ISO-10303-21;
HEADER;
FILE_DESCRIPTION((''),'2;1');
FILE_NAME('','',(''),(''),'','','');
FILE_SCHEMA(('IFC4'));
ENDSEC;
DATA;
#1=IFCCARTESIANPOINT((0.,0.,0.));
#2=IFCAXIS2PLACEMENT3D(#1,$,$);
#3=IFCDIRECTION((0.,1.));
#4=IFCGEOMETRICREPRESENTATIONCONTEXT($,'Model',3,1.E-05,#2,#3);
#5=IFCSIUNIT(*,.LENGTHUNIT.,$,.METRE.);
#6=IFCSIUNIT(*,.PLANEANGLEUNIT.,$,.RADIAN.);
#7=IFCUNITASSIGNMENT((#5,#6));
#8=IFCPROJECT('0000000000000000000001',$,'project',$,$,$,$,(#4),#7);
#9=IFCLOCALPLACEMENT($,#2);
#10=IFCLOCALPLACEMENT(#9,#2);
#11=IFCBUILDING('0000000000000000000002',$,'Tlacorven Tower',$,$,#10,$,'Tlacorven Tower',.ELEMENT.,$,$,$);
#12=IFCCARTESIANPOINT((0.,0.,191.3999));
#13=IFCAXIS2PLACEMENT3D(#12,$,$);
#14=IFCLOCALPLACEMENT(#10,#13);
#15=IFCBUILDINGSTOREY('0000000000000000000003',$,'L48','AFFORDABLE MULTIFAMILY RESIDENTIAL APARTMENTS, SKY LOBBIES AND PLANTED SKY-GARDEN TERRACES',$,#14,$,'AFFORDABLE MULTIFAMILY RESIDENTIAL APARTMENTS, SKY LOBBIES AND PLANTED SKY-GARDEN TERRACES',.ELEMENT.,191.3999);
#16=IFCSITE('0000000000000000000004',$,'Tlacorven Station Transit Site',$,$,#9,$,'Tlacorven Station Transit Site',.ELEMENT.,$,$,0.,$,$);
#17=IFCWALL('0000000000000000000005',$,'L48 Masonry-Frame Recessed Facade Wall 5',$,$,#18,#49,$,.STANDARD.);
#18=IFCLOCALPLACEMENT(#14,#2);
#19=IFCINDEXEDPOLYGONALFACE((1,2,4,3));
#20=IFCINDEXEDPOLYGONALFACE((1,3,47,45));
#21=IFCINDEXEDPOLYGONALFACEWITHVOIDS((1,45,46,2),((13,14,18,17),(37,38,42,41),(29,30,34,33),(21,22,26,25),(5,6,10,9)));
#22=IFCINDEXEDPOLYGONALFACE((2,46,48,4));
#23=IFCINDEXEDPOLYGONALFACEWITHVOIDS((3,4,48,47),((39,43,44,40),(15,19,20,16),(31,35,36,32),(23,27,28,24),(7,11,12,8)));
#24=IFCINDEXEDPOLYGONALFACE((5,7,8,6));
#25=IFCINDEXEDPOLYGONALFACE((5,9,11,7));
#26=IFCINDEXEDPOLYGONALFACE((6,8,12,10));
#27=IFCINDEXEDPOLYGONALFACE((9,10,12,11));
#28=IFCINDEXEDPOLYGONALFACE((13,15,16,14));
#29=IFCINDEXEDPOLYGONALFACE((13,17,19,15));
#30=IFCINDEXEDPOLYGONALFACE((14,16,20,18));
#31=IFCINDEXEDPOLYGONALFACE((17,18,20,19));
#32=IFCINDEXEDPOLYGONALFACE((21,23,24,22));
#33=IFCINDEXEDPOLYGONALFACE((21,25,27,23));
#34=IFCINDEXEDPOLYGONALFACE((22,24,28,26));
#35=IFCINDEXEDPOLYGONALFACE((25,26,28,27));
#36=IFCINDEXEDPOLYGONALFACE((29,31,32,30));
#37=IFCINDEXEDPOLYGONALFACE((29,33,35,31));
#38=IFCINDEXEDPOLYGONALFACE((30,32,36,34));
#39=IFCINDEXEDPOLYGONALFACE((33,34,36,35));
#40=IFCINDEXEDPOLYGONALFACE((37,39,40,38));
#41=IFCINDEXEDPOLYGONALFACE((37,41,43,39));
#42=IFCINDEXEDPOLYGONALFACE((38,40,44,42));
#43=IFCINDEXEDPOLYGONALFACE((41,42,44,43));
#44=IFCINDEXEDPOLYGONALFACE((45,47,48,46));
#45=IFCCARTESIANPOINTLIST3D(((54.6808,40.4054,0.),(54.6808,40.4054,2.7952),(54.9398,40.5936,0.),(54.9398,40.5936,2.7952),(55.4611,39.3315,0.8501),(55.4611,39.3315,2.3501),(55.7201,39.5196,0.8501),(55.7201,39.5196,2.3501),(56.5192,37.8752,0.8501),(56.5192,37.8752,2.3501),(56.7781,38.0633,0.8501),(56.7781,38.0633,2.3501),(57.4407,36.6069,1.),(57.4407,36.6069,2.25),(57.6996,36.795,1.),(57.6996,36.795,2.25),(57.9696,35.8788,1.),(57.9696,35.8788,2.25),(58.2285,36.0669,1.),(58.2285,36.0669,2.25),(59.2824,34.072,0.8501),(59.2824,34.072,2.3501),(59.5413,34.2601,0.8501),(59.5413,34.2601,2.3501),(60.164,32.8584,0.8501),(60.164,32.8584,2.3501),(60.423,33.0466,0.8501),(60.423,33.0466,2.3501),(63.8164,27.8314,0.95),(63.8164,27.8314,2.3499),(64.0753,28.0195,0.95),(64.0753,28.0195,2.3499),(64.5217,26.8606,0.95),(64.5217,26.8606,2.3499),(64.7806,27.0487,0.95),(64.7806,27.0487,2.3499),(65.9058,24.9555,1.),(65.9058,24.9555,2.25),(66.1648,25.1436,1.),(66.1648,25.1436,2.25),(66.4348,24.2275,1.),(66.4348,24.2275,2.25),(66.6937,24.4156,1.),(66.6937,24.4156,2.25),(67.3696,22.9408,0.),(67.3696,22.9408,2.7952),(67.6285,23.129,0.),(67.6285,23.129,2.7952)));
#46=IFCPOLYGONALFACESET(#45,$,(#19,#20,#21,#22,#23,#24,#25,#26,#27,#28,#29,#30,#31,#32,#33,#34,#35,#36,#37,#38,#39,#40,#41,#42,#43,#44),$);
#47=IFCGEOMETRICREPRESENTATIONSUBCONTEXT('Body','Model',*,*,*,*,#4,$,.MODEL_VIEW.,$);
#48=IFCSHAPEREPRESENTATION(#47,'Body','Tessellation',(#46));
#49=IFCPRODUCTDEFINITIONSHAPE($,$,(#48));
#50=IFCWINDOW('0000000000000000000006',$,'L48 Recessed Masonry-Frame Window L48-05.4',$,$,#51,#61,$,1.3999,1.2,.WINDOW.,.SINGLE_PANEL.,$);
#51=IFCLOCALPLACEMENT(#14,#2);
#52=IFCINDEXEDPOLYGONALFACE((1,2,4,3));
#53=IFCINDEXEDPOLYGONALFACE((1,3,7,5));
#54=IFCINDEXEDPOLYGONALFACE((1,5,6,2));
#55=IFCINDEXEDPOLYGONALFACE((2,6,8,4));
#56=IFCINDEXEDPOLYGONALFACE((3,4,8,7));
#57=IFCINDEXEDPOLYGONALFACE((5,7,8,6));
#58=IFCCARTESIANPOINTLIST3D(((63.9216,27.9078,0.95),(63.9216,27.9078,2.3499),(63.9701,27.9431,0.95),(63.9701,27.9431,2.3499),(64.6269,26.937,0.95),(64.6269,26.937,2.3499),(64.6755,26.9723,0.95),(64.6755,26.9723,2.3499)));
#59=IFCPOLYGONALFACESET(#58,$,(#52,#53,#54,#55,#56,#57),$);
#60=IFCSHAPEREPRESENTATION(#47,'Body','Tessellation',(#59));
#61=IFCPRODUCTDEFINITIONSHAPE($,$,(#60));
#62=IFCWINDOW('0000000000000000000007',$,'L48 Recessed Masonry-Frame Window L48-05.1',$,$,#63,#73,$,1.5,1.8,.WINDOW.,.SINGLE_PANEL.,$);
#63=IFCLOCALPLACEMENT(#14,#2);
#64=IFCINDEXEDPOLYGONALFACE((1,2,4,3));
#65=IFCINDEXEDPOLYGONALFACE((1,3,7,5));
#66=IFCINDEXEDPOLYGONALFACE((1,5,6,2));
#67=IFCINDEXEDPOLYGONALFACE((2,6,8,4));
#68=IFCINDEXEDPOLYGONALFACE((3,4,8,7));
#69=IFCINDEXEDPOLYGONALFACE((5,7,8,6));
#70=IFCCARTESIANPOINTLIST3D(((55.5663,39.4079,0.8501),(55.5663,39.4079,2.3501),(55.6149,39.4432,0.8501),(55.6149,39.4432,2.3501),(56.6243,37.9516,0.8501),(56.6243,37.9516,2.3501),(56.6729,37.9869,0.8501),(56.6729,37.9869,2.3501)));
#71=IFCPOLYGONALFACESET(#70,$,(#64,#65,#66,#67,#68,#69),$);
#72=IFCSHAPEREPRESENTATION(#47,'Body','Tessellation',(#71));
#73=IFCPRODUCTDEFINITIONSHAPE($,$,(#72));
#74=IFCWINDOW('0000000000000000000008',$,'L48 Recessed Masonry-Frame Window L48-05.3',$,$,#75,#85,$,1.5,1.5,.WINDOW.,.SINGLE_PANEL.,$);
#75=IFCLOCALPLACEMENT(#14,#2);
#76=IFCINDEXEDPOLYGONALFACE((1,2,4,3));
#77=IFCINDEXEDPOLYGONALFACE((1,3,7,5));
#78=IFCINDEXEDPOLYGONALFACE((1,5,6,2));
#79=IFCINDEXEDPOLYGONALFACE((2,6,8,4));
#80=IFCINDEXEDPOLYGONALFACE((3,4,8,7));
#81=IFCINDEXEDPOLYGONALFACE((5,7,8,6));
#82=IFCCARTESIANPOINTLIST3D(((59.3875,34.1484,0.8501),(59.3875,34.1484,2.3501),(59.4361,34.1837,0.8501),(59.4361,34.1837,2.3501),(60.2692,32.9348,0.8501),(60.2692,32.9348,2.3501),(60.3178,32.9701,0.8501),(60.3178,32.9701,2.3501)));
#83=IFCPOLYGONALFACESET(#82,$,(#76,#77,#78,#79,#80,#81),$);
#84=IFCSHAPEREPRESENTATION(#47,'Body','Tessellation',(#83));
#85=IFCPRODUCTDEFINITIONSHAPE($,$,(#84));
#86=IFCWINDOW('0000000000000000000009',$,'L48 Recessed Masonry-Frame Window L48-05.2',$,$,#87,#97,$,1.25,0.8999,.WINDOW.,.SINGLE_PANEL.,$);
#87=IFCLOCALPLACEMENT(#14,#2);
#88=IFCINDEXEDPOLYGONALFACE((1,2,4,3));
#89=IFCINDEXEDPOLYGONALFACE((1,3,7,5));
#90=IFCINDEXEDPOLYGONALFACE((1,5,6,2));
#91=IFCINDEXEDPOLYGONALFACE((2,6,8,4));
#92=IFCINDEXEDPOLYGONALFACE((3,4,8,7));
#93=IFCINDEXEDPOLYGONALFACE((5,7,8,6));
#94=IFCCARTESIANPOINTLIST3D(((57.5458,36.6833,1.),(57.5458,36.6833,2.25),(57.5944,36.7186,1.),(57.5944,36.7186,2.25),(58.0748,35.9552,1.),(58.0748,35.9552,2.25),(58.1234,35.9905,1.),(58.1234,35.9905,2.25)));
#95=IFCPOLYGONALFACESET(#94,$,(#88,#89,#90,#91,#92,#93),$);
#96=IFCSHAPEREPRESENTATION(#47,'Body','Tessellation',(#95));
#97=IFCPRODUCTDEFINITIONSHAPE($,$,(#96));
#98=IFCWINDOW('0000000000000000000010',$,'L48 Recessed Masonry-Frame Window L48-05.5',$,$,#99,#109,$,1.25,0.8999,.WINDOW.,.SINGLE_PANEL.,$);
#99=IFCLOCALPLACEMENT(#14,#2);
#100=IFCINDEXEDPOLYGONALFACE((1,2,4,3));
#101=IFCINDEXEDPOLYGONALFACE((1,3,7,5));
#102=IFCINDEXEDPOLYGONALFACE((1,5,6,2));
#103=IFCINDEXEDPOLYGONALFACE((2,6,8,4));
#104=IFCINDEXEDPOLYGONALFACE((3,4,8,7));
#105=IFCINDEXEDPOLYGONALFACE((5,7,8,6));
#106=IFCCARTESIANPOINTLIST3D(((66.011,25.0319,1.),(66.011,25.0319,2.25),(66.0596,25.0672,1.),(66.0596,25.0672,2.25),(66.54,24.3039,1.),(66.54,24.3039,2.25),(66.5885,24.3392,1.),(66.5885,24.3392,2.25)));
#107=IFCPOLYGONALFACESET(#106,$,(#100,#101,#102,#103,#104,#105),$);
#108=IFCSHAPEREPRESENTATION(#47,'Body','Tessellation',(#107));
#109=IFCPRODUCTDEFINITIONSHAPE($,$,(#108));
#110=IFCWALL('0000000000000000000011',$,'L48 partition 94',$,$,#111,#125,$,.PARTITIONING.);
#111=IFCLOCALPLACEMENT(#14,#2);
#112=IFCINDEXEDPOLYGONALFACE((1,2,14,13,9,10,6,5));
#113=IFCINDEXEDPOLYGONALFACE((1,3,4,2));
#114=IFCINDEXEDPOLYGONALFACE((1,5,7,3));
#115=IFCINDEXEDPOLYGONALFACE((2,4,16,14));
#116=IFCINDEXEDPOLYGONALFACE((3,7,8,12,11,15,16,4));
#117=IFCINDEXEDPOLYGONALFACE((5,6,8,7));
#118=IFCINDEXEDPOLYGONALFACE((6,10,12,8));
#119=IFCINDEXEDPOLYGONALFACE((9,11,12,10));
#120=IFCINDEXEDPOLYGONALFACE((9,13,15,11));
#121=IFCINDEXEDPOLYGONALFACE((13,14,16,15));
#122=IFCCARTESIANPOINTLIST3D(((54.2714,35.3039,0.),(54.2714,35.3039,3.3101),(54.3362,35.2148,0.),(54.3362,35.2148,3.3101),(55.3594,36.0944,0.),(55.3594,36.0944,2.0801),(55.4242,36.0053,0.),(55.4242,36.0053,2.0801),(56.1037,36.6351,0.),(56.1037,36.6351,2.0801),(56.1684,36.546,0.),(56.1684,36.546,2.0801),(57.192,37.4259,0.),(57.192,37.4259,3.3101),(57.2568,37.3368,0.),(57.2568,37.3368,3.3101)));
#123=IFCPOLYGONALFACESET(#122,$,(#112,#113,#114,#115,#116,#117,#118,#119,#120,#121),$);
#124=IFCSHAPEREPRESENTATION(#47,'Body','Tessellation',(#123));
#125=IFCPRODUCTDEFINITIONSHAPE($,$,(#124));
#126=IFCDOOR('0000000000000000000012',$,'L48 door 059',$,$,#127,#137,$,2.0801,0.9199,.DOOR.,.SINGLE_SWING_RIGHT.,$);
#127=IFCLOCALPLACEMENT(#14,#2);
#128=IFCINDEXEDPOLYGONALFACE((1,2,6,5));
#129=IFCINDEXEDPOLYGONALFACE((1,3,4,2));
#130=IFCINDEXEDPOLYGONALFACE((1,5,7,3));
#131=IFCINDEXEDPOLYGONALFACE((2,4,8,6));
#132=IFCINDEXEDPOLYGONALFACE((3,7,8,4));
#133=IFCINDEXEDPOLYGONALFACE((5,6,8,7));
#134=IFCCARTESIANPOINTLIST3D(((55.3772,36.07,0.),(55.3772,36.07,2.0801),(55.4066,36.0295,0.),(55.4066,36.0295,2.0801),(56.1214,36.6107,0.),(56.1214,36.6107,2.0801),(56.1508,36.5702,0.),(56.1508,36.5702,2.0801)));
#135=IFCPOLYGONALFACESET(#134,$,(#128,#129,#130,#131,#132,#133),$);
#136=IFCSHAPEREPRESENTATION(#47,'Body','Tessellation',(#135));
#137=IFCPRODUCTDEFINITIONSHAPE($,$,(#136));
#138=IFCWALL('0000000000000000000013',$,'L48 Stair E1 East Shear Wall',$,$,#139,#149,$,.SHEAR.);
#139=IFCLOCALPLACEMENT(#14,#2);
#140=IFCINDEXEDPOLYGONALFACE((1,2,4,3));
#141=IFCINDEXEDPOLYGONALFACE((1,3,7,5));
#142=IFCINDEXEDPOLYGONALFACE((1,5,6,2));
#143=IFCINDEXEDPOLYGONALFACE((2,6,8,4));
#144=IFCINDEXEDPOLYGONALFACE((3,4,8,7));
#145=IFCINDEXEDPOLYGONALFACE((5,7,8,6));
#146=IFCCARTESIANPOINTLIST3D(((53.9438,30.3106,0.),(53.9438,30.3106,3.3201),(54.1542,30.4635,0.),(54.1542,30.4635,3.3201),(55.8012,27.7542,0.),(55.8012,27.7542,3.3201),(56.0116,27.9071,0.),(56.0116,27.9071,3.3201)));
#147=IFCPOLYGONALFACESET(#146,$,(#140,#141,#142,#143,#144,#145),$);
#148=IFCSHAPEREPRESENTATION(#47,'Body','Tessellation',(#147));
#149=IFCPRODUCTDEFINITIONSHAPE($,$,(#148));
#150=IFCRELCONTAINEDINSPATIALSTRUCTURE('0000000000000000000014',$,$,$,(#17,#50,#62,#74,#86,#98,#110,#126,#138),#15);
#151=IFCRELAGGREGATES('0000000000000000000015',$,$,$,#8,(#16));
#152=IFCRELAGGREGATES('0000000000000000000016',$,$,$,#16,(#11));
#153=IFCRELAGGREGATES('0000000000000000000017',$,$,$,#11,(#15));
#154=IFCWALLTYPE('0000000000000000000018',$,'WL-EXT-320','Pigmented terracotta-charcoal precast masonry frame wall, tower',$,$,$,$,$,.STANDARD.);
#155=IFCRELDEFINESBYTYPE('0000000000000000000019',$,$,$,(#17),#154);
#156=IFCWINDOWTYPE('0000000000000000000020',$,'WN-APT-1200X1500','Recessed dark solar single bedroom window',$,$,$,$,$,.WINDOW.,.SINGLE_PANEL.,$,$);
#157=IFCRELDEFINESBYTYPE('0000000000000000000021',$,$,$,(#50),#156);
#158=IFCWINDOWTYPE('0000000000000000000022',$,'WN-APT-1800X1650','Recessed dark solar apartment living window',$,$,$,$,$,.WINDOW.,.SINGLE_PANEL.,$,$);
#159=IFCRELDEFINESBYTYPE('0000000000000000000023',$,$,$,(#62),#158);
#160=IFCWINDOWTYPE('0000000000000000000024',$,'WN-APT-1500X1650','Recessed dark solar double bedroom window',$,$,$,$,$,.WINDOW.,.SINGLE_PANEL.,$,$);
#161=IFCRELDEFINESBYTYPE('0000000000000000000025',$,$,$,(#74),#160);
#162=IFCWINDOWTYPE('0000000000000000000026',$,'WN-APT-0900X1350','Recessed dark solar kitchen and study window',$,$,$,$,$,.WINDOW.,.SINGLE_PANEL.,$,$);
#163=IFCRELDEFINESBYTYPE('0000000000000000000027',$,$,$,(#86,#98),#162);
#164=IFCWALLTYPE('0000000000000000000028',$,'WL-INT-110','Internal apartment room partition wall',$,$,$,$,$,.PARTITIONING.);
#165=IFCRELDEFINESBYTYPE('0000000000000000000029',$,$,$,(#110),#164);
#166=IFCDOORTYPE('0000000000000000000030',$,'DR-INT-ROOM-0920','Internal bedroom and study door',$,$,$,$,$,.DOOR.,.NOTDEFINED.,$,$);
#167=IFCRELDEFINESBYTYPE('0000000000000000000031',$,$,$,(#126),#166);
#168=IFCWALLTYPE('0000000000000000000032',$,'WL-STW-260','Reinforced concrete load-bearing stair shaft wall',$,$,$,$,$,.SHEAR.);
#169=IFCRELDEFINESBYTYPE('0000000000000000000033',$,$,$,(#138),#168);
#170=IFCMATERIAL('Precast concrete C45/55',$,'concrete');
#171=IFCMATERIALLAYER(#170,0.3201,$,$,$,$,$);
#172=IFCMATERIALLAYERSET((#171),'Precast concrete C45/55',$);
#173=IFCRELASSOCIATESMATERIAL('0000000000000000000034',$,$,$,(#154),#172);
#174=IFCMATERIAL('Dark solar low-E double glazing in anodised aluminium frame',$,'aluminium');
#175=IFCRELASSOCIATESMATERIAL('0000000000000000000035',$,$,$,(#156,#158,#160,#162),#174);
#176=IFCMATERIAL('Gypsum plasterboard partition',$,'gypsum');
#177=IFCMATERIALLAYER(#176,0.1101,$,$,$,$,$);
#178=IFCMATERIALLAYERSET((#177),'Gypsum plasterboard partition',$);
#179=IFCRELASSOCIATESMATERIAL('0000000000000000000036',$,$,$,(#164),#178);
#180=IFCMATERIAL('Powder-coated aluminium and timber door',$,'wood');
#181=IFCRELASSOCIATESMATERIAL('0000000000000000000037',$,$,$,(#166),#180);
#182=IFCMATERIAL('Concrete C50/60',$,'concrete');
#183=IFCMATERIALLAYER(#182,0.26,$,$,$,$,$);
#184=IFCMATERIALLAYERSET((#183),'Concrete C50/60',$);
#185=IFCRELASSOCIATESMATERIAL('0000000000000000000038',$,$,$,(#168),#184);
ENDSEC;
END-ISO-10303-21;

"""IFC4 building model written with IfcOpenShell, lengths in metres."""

from ifc_helpers import new_model, si_unit, direction, frame, frame_2d, origin, place, context, subcontext, project, spatial, rectangle, extrude, source, transform, mapped, material, layer, layer_set, type_object, element, fill, save


model = new_model("IFC4")

# Units and contexts
model_context = context("Model", 3, precision=1e-05, world=origin(), true_north=direction((0.0, 1.0)))
body_context = subcontext(model_context, "Body", "Model", "MODEL_VIEW")
ifc_project = project(units=[si_unit("LENGTHUNIT", "METRE"), si_unit("PLANEANGLEUNIT", "RADIAN")], contexts=[model_context])

# Site, building, storey
site_placement = place(None, origin())
site = spatial("IfcSite", under=ifc_project, at=site_placement, Name="Tlacorven Station Transit Site", LongName="Tlacorven Station Transit Site", CompositionType="ELEMENT", RefElevation=0.0)
building_placement = place(site_placement, origin())
building = spatial("IfcBuilding", under=site, at=building_placement, Name="Tlacorven Tower", LongName="Tlacorven Tower", CompositionType="ELEMENT")
storey_placement = place(building_placement, frame((0.0, 0.0, 191.3999)))
storey = spatial("IfcBuildingStorey", under=building, at=storey_placement, Name="L48", Description="AFFORDABLE MULTIFAMILY RESIDENTIAL APARTMENTS, SKY LOBBIES AND PLANTED SKY-GARDEN TERRACES", LongName="AFFORDABLE MULTIFAMILY RESIDENTIAL APARTMENTS, SKY LOBBIES AND PLANTED SKY-GARDEN TERRACES", CompositionType="ELEMENT", Elevation=191.3999)

# Wall, openings, windows
ifc_material_1 = material(Name="Precast concrete C45/55", Category="concrete")
ifc_layer_1 = layer(ifc_material_1, 0.3201)
ifc_layer_set_1 = layer_set([ifc_layer_1], Name="Precast concrete C45/55")
wall_type_1 = type_object("IfcWallType", Name="WL-EXT-320", Description="Pigmented terracotta-charcoal precast masonry frame wall, tower", PredefinedType="STANDARD", material=ifc_layer_set_1)
wall_1_placement = place(storey_placement, frame((54.8103, 40.4995, 0.0), z_axis=(0.0, 0.0, 1.0), x_axis=(0.587784, -0.809018, 0.0)))
wall_1 = element("IfcWall", 1, at=wall_1_placement, inside=storey, type_object=wall_type_1, Name="L48 Masonry-Frame Recessed Facade Wall 5", PredefinedType="STANDARD", context=body_context, shape_type="SweptSolid", body=[
    extrude(rectangle(XDim=21.5874, YDim=0.3201, at=frame_2d((10.7937, 0.0))), origin(), (0.0, 0.0, 1.0), 2.7952),
])
opening_1_placement = place(wall_1_placement, frame((1.3276, 0.0, 0.8501)))
opening_1 = element("IfcOpeningElement", 2, at=opening_1_placement, cuts=wall_1, PredefinedType="OPENING", context=body_context, shape_type="SweptSolid", body=[
    extrude(rectangle(XDim=1.8, YDim=1.5, at=frame_2d((0.8999, 0.75))), frame((0.0, 0.1699, 0.0), z_axis=(0.0, -1.0, 0.0), x_axis=(1.0, 0.0, 0.0)), (0.0, 0.0, 1.0), 0.3401),
])
opening_2_placement = place(wall_1_placement, frame((4.6953, 0.0, 1.0)))
opening_2 = element("IfcOpeningElement", 3, at=opening_2_placement, cuts=wall_1, PredefinedType="OPENING", context=body_context, shape_type="SweptSolid", body=[
    extrude(rectangle(XDim=0.8999, YDim=1.25, at=frame_2d((0.45, 0.625))), frame((0.0, 0.1699, 0.0), z_axis=(0.0, -1.0, 0.0), x_axis=(1.0, 0.0, 0.0)), (0.0, 0.0, 1.0), 0.3401),
])
opening_3_placement = place(wall_1_placement, frame((7.8286, 0.0, 0.8501)))
opening_3 = element("IfcOpeningElement", 4, at=opening_3_placement, cuts=wall_1, PredefinedType="OPENING", context=body_context, shape_type="SweptSolid", body=[
    extrude(rectangle(XDim=1.5, YDim=1.5, at=frame_2d((0.75, 0.75))), frame((0.0, 0.1699, 0.0), z_axis=(0.0, -1.0, 0.0), x_axis=(1.0, 0.0, 0.0)), (0.0, 0.0, 1.0), 0.3401),
])
opening_4_placement = place(wall_1_placement, frame((15.5422, 0.0, 0.95)))
opening_4 = element("IfcOpeningElement", 5, at=opening_4_placement, cuts=wall_1, PredefinedType="OPENING", context=body_context, shape_type="SweptSolid", body=[
    extrude(rectangle(XDim=1.2, YDim=1.3999, at=frame_2d((0.6001, 0.7))), frame((0.0, 0.1699, 0.0), z_axis=(0.0, -1.0, 0.0), x_axis=(1.0, 0.0, 0.0)), (0.0, 0.0, 1.0), 0.3401),
])
opening_5_placement = place(wall_1_placement, frame((19.0972, 0.0, 1.0)))
opening_5 = element("IfcOpeningElement", 6, at=opening_5_placement, cuts=wall_1, PredefinedType="OPENING", context=body_context, shape_type="SweptSolid", body=[
    extrude(rectangle(XDim=0.8999, YDim=1.25, at=frame_2d((0.45, 0.625))), frame((0.0, 0.1699, 0.0), z_axis=(0.0, -1.0, 0.0), x_axis=(1.0, 0.0, 0.0)), (0.0, 0.0, 1.0), 0.3401),
])
ifc_material_2 = material(Name="Dark solar low-E double glazing in anodised aluminium frame", Category="aluminium")
window_type_1 = type_object("IfcWindowType", Name="WN-APT-1200X1500", Description="Recessed dark solar single bedroom window", PartitioningType="SINGLE_PANEL", PredefinedType="WINDOW", material=ifc_material_2)
shared_shape_1 = source(origin(), body_context, "Body", "SweptSolid", [
    extrude(rectangle(XDim=1.2, YDim=1.3999, at=frame_2d((0.6001, 0.7))), frame((0.0, 0.03, 0.0), z_axis=(0.0, -1.0, 0.0), x_axis=(1.0, 0.0, 0.0)), (0.0, 0.0, 1.0), 0.0601),
])
window_1_placement = place(opening_4_placement, origin())
window_1 = element("IfcWindow", 7, at=window_1_placement, inside=storey, type_object=window_type_1, Name="L48 Recessed Masonry-Frame Window L48-05.4", OverallHeight=1.3999, OverallWidth=1.2, PartitioningType="SINGLE_PANEL", PredefinedType="WINDOW", context=body_context, shape_type="MappedRepresentation", body=[
    mapped(shared_shape_1, transform((0.0, 0.0, 0.0), scale=1.0)),
])
fill(opening_4, window_1)
window_type_2 = type_object("IfcWindowType", Name="WN-APT-1800X1650", Description="Recessed dark solar apartment living window", PartitioningType="SINGLE_PANEL", PredefinedType="WINDOW", material=ifc_material_2)
shared_shape_2 = source(origin(), body_context, "Body", "SweptSolid", [
    extrude(rectangle(XDim=1.8, YDim=1.5, at=frame_2d((0.8999, 0.75))), frame((0.0, 0.03, 0.0), z_axis=(0.0, -1.0, 0.0), x_axis=(1.0, 0.0, 0.0)), (0.0, 0.0, 1.0), 0.0601),
])
window_2_placement = place(opening_1_placement, origin())
window_2 = element("IfcWindow", 8, at=window_2_placement, inside=storey, type_object=window_type_2, Name="L48 Recessed Masonry-Frame Window L48-05.1", OverallHeight=1.5, OverallWidth=1.8, PartitioningType="SINGLE_PANEL", PredefinedType="WINDOW", context=body_context, shape_type="MappedRepresentation", body=[
    mapped(shared_shape_2, transform((0.0, 0.0, 0.0), scale=1.0)),
])
fill(opening_1, window_2)
window_type_3 = type_object("IfcWindowType", Name="WN-APT-1500X1650", Description="Recessed dark solar double bedroom window", PartitioningType="SINGLE_PANEL", PredefinedType="WINDOW", material=ifc_material_2)
shared_shape_3 = source(origin(), body_context, "Body", "SweptSolid", [
    extrude(rectangle(XDim=1.5, YDim=1.5, at=frame_2d((0.75, 0.75))), frame((0.0, 0.03, 0.0), z_axis=(0.0, -1.0, 0.0), x_axis=(1.0, 0.0, 0.0)), (0.0, 0.0, 1.0), 0.0601),
])
window_3_placement = place(opening_3_placement, origin())
window_3 = element("IfcWindow", 9, at=window_3_placement, inside=storey, type_object=window_type_3, Name="L48 Recessed Masonry-Frame Window L48-05.3", OverallHeight=1.5, OverallWidth=1.5, PartitioningType="SINGLE_PANEL", PredefinedType="WINDOW", context=body_context, shape_type="MappedRepresentation", body=[
    mapped(shared_shape_3, transform((0.0, 0.0, 0.0), scale=1.0)),
])
fill(opening_3, window_3)
window_type_4 = type_object("IfcWindowType", Name="WN-APT-0900X1350", Description="Recessed dark solar kitchen and study window", PartitioningType="SINGLE_PANEL", PredefinedType="WINDOW", material=ifc_material_2)
shared_shape_4 = source(origin(), body_context, "Body", "SweptSolid", [
    extrude(rectangle(XDim=0.8999, YDim=1.25, at=frame_2d((0.45, 0.625))), frame((0.0, 0.03, 0.0), z_axis=(0.0, -1.0, 0.0), x_axis=(1.0, 0.0, 0.0)), (0.0, 0.0, 1.0), 0.0601),
])
window_4_placement = place(opening_2_placement, origin())
window_4 = element("IfcWindow", 10, at=window_4_placement, inside=storey, type_object=window_type_4, Name="L48 Recessed Masonry-Frame Window L48-05.2", OverallHeight=1.25, OverallWidth=0.8999, PartitioningType="SINGLE_PANEL", PredefinedType="WINDOW", context=body_context, shape_type="MappedRepresentation", body=[
    mapped(shared_shape_4, transform((0.0, 0.0, 0.0), scale=1.0)),
])
fill(opening_2, window_4)
window_5_placement = place(opening_5_placement, origin())
window_5 = element("IfcWindow", 11, at=window_5_placement, inside=storey, type_object=window_type_4, Name="L48 Recessed Masonry-Frame Window L48-05.5", OverallHeight=1.25, OverallWidth=0.8999, PartitioningType="SINGLE_PANEL", PredefinedType="WINDOW", context=body_context, shape_type="MappedRepresentation", body=[
    mapped(shared_shape_4, transform((0.0, 0.0, 0.0), scale=1.0)),
])
fill(opening_5, window_5)

# Wall, opening, door
ifc_material_3 = material(Name="Gypsum plasterboard partition", Category="gypsum")
ifc_layer_2 = layer(ifc_material_3, 0.1101)
ifc_layer_set_2 = layer_set([ifc_layer_2], Name="Gypsum plasterboard partition")
wall_type_2 = type_object("IfcWallType", Name="WL-INT-110", Description="Internal apartment room partition wall", PredefinedType="PARTITIONING", material=ifc_layer_set_2)
wall_2_placement = place(storey_placement, frame((54.3037, 35.2593, 0.0), z_axis=(0.0, 0.0, 1.0), x_axis=(0.809005, 0.587802, 0.0)))
wall_2 = element("IfcWall", 12, at=wall_2_placement, inside=storey, type_object=wall_type_2, Name="L48 partition 94", PredefinedType="PARTITIONING", context=body_context, shape_type="SweptSolid", body=[
    extrude(rectangle(XDim=3.6101, YDim=0.1101, at=frame_2d((1.8052, 0.0))), origin(), (0.0, 0.0, 1.0), 3.3101),
])
opening_6_placement = place(wall_2_placement, frame((1.345, 0.0, 0.0)))
opening_6 = element("IfcOpeningElement", 13, at=opening_6_placement, cuts=wall_2, PredefinedType="OPENING", context=body_context, shape_type="SweptSolid", body=[
    extrude(rectangle(XDim=0.9199, YDim=2.0801, at=frame_2d((0.46, 1.04))), frame((0.0, 0.0649, 0.0), z_axis=(0.0, -1.0, 0.0), x_axis=(1.0, 0.0, 0.0)), (0.0, 0.0, 1.0), 0.1301),
])
ifc_material_4 = material(Name="Powder-coated aluminium and timber door", Category="wood")
door_type_1 = type_object("IfcDoorType", Name="DR-INT-ROOM-0920", Description="Internal bedroom and study door", OperationType="NOTDEFINED", PredefinedType="DOOR", material=ifc_material_4)
shared_shape_5 = source(origin(), body_context, "Body", "SweptSolid", [
    extrude(rectangle(XDim=0.9199, YDim=2.0801, at=frame_2d((0.46, 1.04))), frame((0.0, 0.0249, 0.0), z_axis=(0.0, -1.0, 0.0), x_axis=(1.0, 0.0, 0.0)), (0.0, 0.0, 1.0), 0.05),
])
door_1_placement = place(opening_6_placement, origin())
door_1 = element("IfcDoor", 14, at=door_1_placement, inside=storey, type_object=door_type_1, Name="L48 door 059", OperationType="SINGLE_SWING_RIGHT", OverallHeight=2.0801, OverallWidth=0.9199, PredefinedType="DOOR", context=body_context, shape_type="MappedRepresentation", body=[
    mapped(shared_shape_5, transform((0.0, 0.0, 0.0), scale=1.0)),
])
fill(opening_6, door_1)

# Wall
ifc_material_5 = material(Name="Concrete C50/60", Category="concrete")
ifc_layer_3 = layer(ifc_material_5, 0.26)
ifc_layer_set_3 = layer_set([ifc_layer_3], Name="Concrete C50/60")
wall_type_3 = type_object("IfcWallType", Name="WL-STW-260", Description="Reinforced concrete load-bearing stair shaft wall", PredefinedType="SHEAR", material=ifc_layer_set_3)
wall_3_placement = place(storey_placement, frame((55.9065, 27.8306, 0.0), z_axis=(0.0, 0.0, 1.0), x_axis=(-0.587804, 0.809003, 0.0)))
element("IfcWall", 15, at=wall_3_placement, inside=storey, type_object=wall_type_3, Name="L48 Stair E1 East Shear Wall", PredefinedType="SHEAR", context=body_context, shape_type="SweptSolid", body=[
    extrude(rectangle(XDim=3.1599, YDim=0.26, at=frame_2d((1.5801, 0.0))), origin(), (0.0, 0.0, 1.0), 3.3201),
])

save(model, "model.ifc")
